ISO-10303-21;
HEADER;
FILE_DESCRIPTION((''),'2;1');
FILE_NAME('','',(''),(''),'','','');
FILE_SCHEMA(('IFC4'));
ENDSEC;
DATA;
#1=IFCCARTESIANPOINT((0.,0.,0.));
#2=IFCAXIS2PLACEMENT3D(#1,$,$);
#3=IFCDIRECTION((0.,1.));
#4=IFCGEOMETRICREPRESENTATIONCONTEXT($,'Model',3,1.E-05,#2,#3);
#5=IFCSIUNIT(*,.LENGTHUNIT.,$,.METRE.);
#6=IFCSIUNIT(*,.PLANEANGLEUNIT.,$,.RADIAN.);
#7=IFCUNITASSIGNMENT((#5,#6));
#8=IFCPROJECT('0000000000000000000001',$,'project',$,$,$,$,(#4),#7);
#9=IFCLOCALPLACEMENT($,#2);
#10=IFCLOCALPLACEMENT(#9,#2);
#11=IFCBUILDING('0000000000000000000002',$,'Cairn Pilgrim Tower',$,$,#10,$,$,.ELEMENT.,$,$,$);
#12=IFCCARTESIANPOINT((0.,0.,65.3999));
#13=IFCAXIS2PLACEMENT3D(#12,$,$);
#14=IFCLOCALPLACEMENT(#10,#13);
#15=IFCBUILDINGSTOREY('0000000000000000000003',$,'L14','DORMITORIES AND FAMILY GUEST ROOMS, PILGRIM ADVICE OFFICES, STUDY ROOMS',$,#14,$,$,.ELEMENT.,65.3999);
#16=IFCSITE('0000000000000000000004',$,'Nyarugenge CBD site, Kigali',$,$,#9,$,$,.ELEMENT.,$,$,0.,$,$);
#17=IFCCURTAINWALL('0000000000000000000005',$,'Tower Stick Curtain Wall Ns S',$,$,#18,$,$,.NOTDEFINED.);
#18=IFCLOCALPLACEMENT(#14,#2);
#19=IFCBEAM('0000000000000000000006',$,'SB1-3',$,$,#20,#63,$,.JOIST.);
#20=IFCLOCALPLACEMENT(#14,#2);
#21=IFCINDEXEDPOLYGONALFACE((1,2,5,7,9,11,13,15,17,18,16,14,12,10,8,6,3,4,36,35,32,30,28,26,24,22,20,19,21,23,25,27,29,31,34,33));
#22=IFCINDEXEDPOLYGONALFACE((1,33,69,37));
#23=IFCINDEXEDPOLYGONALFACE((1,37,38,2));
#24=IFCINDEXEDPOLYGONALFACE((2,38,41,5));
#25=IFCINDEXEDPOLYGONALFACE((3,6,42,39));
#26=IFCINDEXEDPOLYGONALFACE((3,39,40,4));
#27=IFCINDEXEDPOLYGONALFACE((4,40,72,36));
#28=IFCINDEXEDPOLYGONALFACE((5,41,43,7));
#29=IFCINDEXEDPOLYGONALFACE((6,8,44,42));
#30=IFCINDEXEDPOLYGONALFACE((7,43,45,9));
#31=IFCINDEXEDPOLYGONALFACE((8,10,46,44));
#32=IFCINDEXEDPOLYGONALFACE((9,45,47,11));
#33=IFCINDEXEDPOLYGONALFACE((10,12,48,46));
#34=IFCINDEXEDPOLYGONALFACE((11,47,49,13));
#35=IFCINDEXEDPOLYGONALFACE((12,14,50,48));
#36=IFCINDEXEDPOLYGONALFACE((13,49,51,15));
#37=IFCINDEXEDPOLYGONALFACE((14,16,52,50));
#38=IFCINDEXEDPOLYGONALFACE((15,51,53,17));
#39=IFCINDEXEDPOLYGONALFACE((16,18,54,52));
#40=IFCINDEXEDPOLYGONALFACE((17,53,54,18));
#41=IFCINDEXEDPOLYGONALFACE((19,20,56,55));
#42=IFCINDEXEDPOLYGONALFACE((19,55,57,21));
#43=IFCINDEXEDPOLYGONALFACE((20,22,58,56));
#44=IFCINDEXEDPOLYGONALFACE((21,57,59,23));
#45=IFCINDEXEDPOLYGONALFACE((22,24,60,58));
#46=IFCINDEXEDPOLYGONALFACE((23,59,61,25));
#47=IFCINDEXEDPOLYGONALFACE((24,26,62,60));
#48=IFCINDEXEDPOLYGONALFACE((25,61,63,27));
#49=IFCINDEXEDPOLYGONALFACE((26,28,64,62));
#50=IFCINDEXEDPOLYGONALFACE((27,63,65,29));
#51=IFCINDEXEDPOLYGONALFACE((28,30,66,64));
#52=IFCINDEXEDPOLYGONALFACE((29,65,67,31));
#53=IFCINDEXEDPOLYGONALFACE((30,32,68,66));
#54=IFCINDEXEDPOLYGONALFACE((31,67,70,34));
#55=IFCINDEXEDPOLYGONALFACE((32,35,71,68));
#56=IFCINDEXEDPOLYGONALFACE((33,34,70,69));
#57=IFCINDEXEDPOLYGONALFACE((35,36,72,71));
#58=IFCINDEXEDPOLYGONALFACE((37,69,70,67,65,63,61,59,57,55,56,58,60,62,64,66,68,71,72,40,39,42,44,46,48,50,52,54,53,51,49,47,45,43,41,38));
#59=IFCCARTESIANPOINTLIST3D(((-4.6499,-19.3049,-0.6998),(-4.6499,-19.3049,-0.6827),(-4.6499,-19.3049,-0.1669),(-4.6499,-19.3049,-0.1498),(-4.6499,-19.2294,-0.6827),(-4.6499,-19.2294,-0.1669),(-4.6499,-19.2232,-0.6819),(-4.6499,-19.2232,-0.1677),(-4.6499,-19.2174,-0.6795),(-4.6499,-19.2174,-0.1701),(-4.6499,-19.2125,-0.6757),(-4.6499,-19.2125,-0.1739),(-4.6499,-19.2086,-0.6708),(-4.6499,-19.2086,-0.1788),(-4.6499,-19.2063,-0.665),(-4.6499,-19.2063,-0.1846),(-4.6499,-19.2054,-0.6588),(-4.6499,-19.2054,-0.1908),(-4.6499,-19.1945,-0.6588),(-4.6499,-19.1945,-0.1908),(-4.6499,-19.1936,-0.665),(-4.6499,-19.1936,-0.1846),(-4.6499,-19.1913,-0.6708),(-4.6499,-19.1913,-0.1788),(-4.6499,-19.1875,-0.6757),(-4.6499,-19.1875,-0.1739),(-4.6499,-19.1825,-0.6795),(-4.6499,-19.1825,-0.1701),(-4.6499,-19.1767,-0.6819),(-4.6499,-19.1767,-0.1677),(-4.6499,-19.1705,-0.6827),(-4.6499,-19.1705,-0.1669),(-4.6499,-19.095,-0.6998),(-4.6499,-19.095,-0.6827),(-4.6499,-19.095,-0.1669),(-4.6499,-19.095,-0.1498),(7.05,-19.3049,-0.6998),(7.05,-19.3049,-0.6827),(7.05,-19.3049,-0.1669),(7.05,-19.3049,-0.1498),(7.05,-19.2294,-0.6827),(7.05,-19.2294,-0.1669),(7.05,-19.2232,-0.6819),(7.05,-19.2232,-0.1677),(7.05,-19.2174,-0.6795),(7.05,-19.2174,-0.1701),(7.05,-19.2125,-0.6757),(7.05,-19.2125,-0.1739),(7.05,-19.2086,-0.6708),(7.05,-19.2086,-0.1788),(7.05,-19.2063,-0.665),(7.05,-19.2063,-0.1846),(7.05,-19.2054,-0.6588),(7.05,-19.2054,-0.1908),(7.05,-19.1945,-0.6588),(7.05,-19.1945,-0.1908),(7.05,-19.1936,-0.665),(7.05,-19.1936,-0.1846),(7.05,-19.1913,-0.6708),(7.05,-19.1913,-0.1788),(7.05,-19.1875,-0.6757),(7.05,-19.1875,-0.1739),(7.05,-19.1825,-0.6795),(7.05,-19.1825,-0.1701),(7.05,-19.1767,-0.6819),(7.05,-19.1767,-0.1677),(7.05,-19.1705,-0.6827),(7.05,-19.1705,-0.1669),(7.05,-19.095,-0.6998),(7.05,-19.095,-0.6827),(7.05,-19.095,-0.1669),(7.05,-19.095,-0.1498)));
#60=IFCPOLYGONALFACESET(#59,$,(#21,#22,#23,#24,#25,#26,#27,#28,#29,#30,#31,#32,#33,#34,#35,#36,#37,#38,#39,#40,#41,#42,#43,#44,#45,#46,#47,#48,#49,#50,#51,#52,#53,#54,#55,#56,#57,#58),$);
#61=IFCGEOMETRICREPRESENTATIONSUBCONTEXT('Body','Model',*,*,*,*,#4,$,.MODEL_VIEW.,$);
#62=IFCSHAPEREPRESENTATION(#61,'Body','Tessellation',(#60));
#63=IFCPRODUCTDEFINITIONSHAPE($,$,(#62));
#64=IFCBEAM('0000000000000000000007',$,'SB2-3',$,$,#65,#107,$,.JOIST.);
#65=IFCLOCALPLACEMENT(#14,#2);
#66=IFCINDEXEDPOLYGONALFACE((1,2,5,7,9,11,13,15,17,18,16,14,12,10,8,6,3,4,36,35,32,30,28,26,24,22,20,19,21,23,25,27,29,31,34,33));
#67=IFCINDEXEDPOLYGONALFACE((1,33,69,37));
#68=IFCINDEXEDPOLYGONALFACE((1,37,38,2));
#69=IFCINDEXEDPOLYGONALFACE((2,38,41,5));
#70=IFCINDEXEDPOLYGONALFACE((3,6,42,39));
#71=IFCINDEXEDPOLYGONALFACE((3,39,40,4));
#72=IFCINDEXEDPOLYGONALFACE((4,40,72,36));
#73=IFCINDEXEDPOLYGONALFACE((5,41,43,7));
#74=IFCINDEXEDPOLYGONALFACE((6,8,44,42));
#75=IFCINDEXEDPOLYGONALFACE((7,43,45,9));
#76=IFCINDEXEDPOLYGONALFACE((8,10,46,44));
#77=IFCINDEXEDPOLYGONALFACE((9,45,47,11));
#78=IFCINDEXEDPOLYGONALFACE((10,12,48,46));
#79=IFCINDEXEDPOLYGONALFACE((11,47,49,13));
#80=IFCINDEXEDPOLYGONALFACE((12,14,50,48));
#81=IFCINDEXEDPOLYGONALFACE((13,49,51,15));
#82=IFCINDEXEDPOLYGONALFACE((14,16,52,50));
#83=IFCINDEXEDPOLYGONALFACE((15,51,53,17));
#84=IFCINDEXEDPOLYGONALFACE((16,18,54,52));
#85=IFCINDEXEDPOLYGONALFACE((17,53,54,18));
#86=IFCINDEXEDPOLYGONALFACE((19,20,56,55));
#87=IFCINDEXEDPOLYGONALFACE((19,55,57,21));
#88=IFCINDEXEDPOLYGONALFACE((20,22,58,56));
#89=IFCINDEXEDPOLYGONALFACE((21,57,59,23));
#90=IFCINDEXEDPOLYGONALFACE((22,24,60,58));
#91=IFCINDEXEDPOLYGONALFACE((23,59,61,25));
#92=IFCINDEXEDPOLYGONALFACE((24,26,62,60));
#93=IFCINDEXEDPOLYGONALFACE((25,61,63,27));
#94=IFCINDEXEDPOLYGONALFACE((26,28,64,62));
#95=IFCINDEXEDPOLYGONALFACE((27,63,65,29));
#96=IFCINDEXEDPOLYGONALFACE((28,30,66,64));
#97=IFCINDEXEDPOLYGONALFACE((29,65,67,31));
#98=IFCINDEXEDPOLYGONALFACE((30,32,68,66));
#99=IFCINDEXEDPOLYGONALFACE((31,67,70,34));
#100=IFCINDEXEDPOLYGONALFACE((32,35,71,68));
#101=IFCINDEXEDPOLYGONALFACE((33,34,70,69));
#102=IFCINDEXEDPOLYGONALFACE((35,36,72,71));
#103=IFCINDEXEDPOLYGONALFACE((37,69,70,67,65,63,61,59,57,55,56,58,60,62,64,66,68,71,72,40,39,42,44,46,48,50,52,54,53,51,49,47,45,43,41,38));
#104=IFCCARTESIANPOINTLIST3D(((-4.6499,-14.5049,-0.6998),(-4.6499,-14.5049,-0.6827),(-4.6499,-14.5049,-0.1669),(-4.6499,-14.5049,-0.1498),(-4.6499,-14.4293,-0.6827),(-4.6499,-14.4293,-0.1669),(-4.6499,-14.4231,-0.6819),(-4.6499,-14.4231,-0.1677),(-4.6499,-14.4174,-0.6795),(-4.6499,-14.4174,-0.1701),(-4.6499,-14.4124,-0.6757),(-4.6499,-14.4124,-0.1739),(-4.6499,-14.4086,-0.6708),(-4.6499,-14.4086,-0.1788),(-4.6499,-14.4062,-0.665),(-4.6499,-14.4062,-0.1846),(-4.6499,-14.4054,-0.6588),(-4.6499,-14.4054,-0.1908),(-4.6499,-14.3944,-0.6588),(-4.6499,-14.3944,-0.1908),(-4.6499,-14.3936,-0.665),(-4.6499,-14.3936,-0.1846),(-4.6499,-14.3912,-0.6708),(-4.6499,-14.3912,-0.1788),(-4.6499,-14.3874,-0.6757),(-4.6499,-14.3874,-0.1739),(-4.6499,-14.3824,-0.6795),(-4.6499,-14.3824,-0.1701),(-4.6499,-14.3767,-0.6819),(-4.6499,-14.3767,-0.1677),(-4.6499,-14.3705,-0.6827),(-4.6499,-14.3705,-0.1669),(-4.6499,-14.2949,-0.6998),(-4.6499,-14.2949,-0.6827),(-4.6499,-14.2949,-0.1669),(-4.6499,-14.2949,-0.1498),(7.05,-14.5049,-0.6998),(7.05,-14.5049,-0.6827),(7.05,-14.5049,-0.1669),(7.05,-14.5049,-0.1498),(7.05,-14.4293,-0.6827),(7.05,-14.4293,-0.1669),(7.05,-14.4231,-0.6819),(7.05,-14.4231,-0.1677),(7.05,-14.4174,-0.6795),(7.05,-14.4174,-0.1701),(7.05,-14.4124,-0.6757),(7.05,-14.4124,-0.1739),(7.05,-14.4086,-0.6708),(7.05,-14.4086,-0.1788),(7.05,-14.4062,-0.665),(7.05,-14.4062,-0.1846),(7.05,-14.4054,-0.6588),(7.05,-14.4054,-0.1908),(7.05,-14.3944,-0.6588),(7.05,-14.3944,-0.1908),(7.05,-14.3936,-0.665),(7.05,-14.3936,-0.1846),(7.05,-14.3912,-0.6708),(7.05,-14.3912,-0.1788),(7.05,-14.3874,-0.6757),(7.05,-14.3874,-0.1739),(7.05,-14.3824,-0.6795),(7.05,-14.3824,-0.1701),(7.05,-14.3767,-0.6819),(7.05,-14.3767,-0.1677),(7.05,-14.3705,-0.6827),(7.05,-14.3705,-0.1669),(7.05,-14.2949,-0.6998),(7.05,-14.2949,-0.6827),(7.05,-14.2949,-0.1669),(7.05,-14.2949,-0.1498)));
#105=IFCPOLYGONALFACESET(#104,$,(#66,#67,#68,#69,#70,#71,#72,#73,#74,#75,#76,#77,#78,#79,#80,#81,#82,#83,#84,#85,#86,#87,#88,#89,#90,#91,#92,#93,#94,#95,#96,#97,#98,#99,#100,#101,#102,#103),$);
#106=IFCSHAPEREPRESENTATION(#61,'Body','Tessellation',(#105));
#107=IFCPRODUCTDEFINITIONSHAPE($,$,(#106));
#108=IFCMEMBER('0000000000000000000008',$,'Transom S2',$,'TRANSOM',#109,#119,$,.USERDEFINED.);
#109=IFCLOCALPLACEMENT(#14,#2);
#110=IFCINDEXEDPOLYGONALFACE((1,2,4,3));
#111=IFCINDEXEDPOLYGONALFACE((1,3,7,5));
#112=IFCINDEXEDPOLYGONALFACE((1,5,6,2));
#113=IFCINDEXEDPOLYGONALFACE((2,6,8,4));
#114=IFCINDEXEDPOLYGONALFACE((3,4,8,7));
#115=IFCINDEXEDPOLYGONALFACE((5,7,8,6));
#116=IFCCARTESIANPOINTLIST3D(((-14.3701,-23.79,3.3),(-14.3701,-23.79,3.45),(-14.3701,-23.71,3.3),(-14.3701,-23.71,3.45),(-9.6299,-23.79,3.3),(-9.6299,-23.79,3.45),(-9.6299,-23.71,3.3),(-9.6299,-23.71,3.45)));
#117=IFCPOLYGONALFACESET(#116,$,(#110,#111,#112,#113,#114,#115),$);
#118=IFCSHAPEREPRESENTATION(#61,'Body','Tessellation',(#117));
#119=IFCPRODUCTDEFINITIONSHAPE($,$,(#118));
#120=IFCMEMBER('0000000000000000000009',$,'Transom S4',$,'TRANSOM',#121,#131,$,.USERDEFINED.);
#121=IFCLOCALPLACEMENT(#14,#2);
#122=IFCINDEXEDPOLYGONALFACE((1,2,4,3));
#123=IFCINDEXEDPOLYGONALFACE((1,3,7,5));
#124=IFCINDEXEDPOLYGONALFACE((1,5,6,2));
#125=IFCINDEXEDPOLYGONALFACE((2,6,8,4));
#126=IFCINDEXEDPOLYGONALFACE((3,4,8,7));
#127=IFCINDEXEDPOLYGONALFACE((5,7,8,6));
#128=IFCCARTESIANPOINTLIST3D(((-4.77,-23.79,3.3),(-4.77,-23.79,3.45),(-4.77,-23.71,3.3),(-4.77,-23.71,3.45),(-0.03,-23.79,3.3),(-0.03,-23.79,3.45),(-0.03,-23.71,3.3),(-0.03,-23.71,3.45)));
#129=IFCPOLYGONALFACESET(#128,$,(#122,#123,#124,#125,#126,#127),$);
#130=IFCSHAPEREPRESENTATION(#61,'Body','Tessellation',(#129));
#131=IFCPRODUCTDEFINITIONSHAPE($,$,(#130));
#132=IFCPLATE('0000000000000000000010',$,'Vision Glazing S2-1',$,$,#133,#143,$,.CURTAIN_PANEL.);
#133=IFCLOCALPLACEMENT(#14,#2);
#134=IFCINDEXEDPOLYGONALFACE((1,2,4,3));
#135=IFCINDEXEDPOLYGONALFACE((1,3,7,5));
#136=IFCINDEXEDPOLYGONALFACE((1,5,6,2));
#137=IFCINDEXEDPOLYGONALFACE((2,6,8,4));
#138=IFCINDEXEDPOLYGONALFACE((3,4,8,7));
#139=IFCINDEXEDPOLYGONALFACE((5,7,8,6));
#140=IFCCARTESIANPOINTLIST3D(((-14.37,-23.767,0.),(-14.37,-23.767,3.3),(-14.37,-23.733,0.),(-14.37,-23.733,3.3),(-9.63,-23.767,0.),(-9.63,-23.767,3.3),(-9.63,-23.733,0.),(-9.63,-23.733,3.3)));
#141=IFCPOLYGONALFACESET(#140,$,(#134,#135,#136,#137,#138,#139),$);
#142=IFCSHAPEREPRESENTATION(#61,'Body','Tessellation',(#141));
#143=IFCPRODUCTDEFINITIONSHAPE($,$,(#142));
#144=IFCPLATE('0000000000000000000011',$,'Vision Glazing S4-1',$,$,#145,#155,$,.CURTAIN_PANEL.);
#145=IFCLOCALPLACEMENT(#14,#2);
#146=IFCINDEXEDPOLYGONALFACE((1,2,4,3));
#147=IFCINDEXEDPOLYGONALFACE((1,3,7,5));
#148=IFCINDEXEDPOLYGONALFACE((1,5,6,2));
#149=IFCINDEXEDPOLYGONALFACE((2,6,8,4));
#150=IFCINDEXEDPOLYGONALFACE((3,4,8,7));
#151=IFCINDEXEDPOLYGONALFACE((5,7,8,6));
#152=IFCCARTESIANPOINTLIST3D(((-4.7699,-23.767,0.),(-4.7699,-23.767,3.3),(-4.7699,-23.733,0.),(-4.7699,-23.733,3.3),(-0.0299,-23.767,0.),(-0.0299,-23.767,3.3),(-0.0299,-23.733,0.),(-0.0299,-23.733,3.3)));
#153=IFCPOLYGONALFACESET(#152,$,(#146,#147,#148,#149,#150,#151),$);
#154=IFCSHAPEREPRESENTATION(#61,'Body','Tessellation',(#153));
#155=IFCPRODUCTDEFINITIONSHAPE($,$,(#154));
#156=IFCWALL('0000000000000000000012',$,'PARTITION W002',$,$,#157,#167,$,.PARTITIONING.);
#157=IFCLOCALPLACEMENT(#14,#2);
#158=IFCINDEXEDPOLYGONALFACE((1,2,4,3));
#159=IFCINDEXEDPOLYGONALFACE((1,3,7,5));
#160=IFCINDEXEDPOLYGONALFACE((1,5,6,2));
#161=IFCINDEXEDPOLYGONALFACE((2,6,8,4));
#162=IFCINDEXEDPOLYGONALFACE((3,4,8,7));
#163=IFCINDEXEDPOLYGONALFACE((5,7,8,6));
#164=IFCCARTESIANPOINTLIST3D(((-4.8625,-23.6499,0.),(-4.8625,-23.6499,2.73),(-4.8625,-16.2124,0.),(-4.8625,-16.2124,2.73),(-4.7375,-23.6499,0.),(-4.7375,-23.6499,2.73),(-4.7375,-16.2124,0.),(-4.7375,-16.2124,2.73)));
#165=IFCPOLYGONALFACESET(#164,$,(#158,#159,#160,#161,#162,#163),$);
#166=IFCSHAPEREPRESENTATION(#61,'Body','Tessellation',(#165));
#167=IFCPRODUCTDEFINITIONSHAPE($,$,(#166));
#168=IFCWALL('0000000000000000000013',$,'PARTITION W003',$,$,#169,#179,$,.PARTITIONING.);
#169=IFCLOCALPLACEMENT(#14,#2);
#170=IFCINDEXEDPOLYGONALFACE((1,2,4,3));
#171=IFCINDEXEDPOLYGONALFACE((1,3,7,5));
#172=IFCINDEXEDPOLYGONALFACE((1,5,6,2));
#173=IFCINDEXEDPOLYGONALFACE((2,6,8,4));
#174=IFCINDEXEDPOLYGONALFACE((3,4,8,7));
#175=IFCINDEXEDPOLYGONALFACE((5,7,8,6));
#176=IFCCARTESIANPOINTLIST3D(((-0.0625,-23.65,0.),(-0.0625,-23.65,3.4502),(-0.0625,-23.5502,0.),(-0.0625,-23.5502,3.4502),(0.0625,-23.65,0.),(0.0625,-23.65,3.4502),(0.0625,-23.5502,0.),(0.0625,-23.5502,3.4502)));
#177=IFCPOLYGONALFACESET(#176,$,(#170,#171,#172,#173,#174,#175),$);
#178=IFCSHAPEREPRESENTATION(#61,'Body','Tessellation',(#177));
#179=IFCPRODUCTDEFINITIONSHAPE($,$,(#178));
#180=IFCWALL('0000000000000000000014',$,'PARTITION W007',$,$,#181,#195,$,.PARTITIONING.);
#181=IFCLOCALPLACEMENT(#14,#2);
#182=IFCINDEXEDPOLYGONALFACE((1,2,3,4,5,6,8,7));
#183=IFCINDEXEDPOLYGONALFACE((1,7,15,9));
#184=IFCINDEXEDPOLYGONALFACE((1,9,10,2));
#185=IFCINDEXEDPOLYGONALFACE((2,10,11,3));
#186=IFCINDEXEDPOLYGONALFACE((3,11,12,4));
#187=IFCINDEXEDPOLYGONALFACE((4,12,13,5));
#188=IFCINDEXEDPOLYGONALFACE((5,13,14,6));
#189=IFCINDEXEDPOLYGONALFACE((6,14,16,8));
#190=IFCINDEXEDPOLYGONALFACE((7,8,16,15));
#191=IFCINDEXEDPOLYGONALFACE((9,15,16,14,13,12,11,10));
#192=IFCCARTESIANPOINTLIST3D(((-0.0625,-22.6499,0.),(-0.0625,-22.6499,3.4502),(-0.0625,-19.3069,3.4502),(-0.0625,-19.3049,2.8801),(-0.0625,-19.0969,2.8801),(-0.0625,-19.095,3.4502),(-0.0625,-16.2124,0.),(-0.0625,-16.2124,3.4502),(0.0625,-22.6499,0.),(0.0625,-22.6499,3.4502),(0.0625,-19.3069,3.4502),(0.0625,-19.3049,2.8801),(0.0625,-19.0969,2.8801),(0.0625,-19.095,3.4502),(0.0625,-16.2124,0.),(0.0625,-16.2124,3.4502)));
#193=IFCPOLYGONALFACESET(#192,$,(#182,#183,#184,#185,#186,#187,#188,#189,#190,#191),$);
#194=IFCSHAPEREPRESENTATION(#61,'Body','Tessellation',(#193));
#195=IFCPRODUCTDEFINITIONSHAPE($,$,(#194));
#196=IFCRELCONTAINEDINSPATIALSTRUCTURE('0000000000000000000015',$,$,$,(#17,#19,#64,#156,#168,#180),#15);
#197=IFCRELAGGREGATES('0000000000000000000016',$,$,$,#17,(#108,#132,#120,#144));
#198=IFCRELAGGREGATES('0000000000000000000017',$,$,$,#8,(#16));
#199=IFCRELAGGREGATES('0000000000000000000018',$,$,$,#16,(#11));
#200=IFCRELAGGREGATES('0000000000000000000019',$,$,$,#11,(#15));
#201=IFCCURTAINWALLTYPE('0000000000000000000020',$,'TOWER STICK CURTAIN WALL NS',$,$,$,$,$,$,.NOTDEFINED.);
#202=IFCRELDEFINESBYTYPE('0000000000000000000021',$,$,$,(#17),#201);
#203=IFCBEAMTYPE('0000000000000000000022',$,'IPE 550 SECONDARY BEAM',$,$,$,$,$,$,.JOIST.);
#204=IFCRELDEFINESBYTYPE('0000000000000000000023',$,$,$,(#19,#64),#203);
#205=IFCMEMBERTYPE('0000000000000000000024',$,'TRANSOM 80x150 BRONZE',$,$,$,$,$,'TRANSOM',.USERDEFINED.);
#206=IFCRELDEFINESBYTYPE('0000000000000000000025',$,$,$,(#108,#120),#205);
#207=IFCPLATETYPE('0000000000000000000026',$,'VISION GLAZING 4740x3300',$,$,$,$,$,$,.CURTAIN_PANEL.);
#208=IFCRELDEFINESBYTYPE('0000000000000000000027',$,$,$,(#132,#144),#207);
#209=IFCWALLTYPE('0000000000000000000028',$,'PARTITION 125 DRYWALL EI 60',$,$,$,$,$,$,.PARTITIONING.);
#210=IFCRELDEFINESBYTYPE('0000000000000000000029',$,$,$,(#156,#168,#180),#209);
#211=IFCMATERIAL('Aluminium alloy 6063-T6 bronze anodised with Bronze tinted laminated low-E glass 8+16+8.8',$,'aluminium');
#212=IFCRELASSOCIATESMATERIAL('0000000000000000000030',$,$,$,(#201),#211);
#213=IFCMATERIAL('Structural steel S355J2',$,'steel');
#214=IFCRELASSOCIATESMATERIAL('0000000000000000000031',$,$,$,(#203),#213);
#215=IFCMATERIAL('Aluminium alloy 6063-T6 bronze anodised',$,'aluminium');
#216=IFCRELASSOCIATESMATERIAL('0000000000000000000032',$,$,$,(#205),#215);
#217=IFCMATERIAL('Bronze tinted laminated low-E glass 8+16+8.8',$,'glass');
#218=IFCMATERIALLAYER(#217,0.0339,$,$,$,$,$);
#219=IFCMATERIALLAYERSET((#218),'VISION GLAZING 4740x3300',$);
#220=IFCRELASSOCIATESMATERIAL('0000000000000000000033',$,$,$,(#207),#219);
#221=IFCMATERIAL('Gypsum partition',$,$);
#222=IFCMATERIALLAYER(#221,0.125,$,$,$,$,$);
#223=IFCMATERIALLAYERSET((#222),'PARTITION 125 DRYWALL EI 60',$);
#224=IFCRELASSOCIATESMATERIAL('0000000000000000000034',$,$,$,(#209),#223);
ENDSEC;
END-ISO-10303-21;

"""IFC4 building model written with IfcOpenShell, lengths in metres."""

from ifc_helpers import new_model, si_unit, direction, frame, frame_2d, origin, origin_2d, place, context, subcontext, project, spatial, polyline, rectangle, i_section, outline, extrude, material, layer, layer_set, material_profile, profile_set, type_object, element, aggregate, save


model = new_model("IFC4")

# Units and contexts
model_context = context("Model", 3, precision=1e-05, world=origin(), true_north=direction((0.0, 1.0)))
body_context = subcontext(model_context, "Body", "Model", "MODEL_VIEW")
ifc_project = project(units=[si_unit("LENGTHUNIT", "METRE"), si_unit("PLANEANGLEUNIT", "RADIAN")], contexts=[model_context])

# Site, building, storey
site_placement = place(None, origin())
site = spatial("IfcSite", under=ifc_project, at=site_placement, Name="Nyarugenge CBD site, Kigali", CompositionType="ELEMENT", RefElevation=0.0)
building_placement = place(site_placement, origin())
building = spatial("IfcBuilding", under=site, at=building_placement, Name="Cairn Pilgrim Tower", CompositionType="ELEMENT")
storey_placement = place(building_placement, frame((0.0, 0.0, 65.3999)))
storey = spatial("IfcBuildingStorey", under=building, at=storey_placement, Name="L14", Description="DORMITORIES AND FAMILY GUEST ROOMS, PILGRIM ADVICE OFFICES, STUDY ROOMS", CompositionType="ELEMENT", Elevation=65.3999)

# Curtain wall
ifc_material_1 = material(Name="Aluminium alloy 6063-T6 bronze anodised with Bronze tinted laminated low-E glass 8+16+8.8", Category="aluminium")
curtain_wall_type = type_object("IfcCurtainWallType", Name="TOWER STICK CURTAIN WALL NS", PredefinedType="NOTDEFINED", material=ifc_material_1)
curtain_wall_placement = place(storey_placement, origin())
curtain_wall = element("IfcCurtainWall", 1, at=curtain_wall_placement, inside=storey, type_object=curtain_wall_type, Name="Tower Stick Curtain Wall Ns S", PredefinedType="NOTDEFINED")
ifc_material_2 = material(Name="Aluminium alloy 6063-T6 bronze anodised", Category="aluminium")

# Beams
ifc_material_3 = material(Name="Structural steel S355J2", Category="steel")
ifc_material_profile_1 = material_profile(ifc_material_3, i_section(OverallWidth=0.21, OverallDepth=0.55, WebThickness=0.011, FlangeThickness=0.0171, FilletRadius=0.0239, at=origin_2d()), Name="IPE 550")
ifc_profile_set_1 = profile_set([ifc_material_profile_1], Name="Structural steel S355J2")
beam_type_1 = type_object("IfcBeamType", Name="IPE 550 SECONDARY BEAM", PredefinedType="JOIST", material=ifc_profile_set_1)
for number, where, z_axis, x_axis, name in (
    (2, (-4.6499, -19.2, -0.4248), (1.0, 0.0, 0.0), (0.0, 1.0, 0.0), "SB1-3"),
    (3, (-4.6499, -14.3999, -0.4248), (1.0, 0.0, 0.0), (0.0, 1.0, 0.0), "SB2-3"),
):
    element("IfcBeam", number, at=place(storey_placement, frame(where, z_axis=z_axis, x_axis=x_axis)), inside=storey, type_object=beam_type_1, Name=name, PredefinedType="JOIST", context=body_context, shape_type="SweptSolid", body=[
        extrude(i_section(OverallWidth=0.21, OverallDepth=0.55, WebThickness=0.011, FlangeThickness=0.0171, FilletRadius=0.0239, at=origin_2d()), origin(), (0.0, 0.0, 1.0), 11.7),
    ])

# Members
ifc_material_profile_2 = material_profile(ifc_material_2, rectangle(XDim=0.0801, YDim=0.1499, at=origin_2d()), Name="TRANSOM 80x150 BRONZE")
ifc_profile_set_2 = profile_set([ifc_material_profile_2], Name="Aluminium alloy 6063-T6 bronze anodised")
member_type_1 = type_object("IfcMemberType", Name="TRANSOM 80x150 BRONZE", ElementType="TRANSOM", PredefinedType="USERDEFINED", material=ifc_profile_set_2)
member_1_placement = place(storey_placement, frame((-14.3701, -23.75, 3.375), z_axis=(1.0, 0.0, 0.0), x_axis=(0.0, 1.0, 0.0)))
member_1 = element("IfcMember", 4, at=member_1_placement, type_object=member_type_1, Name="Transom S2", ObjectType="TRANSOM", PredefinedType="USERDEFINED", context=body_context, shape_type="SweptSolid", body=[
    extrude(rectangle(XDim=0.0801, YDim=0.1499, at=origin_2d()), origin(), (0.0, 0.0, 1.0), 4.7402),
])
member_2_placement = place(storey_placement, frame((-4.77, -23.75, 3.375), z_axis=(1.0, 0.0, 0.0), x_axis=(0.0, 1.0, 0.0)))
member_2 = element("IfcMember", 5, at=member_2_placement, type_object=member_type_1, Name="Transom S4", ObjectType="TRANSOM", PredefinedType="USERDEFINED", context=body_context, shape_type="SweptSolid", body=[
    extrude(rectangle(XDim=0.0801, YDim=0.1499, at=origin_2d()), origin(), (0.0, 0.0, 1.0), 4.74),
])

# Plates
ifc_material_4 = material(Name="Bronze tinted laminated low-E glass 8+16+8.8", Category="glass")
ifc_layer_1 = layer(ifc_material_4, 0.0339)
ifc_layer_set_1 = layer_set([ifc_layer_1], Name="VISION GLAZING 4740x3300")
plate_type = type_object("IfcPlateType", Name="VISION GLAZING 4740x3300", PredefinedType="CURTAIN_PANEL", material=ifc_layer_set_1)
plate_1_placement = place(storey_placement, frame((-12.0, -23.75, 0.0), z_axis=(0.0, 0.0, 1.0), x_axis=(1.0, 0.0, 0.0)))
plate_1 = element("IfcPlate", 6, at=plate_1_placement, type_object=plate_type, Name="Vision Glazing S2-1", PredefinedType="CURTAIN_PANEL", context=body_context, shape_type="SweptSolid", body=[
    extrude(rectangle(XDim=4.74, YDim=0.0339, at=origin_2d()), origin(), (0.0, 0.0, 1.0), 3.3),
])
plate_2_placement = place(storey_placement, frame((-2.3999, -23.75, 0.0), z_axis=(0.0, 0.0, 1.0), x_axis=(1.0, 0.0, 0.0)))
plate_2 = element("IfcPlate", 7, at=plate_2_placement, type_object=plate_type, Name="Vision Glazing S4-1", PredefinedType="CURTAIN_PANEL", context=body_context, shape_type="SweptSolid", body=[
    extrude(rectangle(XDim=4.74, YDim=0.0339, at=origin_2d()), origin(), (0.0, 0.0, 1.0), 3.3),
])
aggregate(curtain_wall, [member_1, plate_1, member_2, plate_2])

# Walls
ifc_material_5 = material(Name="Gypsum partition")
ifc_layer_2 = layer(ifc_material_5, 0.125)
ifc_layer_set_2 = layer_set([ifc_layer_2], Name="PARTITION 125 DRYWALL EI 60")
wall_type_1 = type_object("IfcWallType", Name="PARTITION 125 DRYWALL EI 60", PredefinedType="PARTITIONING", material=ifc_layer_set_2)
wall_1_placement = place(storey_placement, frame((-4.8, -23.6499, 0.0), z_axis=(0.0, 0.0, 1.0), x_axis=(0.0, 1.0, 0.0)))
element("IfcWall", 8, at=wall_1_placement, inside=storey, type_object=wall_type_1, Name="PARTITION W002", PredefinedType="PARTITIONING", context=body_context, shape_type="SweptSolid", body=[
    extrude(rectangle(XDim=7.4375, YDim=0.125, at=frame_2d((3.7188, 0.0))), origin(), (0.0, 0.0, 1.0), 2.73),
])
wall_2_placement = place(storey_placement, frame((0.0, -23.6499, 0.0), z_axis=(0.0, 0.0, 1.0), x_axis=(0.0, 1.0, 0.0)))
element("IfcWall", 9, at=wall_2_placement, inside=storey, type_object=wall_type_1, Name="PARTITION W003", PredefinedType="PARTITIONING", context=body_context, shape_type="SweptSolid", body=[
    extrude(rectangle(XDim=0.0999, YDim=0.125, at=frame_2d((0.0498, 0.0))), origin(), (0.0, 0.0, 1.0), 3.4502),
])
wall_3_placement = place(storey_placement, frame((0.0, -22.6499, 0.0), z_axis=(0.0, 0.0, 1.0), x_axis=(0.0, 1.0, 0.0)))
element("IfcWall", 10, at=wall_3_placement, inside=storey, type_object=wall_type_1, Name="PARTITION W007", PredefinedType="PARTITIONING", context=body_context, shape_type="SweptSolid", body=[
    extrude(outline(polyline([(0.0, 0.0), (6.4375, 0.0), (6.4375, 3.4502), (3.5549, 3.4502), (3.553, 2.8801), (3.345, 2.8801), (3.343, 3.4502), (0.0, 3.4502), (0.0, 0.0)])), frame((0.0, 0.0625, 0.0), z_axis=(0.0, -1.0, 0.0), x_axis=(1.0, 0.0, 0.0)), (0.0, 0.0, 1.0), 0.125),
])

save(model, "model.ifc")
